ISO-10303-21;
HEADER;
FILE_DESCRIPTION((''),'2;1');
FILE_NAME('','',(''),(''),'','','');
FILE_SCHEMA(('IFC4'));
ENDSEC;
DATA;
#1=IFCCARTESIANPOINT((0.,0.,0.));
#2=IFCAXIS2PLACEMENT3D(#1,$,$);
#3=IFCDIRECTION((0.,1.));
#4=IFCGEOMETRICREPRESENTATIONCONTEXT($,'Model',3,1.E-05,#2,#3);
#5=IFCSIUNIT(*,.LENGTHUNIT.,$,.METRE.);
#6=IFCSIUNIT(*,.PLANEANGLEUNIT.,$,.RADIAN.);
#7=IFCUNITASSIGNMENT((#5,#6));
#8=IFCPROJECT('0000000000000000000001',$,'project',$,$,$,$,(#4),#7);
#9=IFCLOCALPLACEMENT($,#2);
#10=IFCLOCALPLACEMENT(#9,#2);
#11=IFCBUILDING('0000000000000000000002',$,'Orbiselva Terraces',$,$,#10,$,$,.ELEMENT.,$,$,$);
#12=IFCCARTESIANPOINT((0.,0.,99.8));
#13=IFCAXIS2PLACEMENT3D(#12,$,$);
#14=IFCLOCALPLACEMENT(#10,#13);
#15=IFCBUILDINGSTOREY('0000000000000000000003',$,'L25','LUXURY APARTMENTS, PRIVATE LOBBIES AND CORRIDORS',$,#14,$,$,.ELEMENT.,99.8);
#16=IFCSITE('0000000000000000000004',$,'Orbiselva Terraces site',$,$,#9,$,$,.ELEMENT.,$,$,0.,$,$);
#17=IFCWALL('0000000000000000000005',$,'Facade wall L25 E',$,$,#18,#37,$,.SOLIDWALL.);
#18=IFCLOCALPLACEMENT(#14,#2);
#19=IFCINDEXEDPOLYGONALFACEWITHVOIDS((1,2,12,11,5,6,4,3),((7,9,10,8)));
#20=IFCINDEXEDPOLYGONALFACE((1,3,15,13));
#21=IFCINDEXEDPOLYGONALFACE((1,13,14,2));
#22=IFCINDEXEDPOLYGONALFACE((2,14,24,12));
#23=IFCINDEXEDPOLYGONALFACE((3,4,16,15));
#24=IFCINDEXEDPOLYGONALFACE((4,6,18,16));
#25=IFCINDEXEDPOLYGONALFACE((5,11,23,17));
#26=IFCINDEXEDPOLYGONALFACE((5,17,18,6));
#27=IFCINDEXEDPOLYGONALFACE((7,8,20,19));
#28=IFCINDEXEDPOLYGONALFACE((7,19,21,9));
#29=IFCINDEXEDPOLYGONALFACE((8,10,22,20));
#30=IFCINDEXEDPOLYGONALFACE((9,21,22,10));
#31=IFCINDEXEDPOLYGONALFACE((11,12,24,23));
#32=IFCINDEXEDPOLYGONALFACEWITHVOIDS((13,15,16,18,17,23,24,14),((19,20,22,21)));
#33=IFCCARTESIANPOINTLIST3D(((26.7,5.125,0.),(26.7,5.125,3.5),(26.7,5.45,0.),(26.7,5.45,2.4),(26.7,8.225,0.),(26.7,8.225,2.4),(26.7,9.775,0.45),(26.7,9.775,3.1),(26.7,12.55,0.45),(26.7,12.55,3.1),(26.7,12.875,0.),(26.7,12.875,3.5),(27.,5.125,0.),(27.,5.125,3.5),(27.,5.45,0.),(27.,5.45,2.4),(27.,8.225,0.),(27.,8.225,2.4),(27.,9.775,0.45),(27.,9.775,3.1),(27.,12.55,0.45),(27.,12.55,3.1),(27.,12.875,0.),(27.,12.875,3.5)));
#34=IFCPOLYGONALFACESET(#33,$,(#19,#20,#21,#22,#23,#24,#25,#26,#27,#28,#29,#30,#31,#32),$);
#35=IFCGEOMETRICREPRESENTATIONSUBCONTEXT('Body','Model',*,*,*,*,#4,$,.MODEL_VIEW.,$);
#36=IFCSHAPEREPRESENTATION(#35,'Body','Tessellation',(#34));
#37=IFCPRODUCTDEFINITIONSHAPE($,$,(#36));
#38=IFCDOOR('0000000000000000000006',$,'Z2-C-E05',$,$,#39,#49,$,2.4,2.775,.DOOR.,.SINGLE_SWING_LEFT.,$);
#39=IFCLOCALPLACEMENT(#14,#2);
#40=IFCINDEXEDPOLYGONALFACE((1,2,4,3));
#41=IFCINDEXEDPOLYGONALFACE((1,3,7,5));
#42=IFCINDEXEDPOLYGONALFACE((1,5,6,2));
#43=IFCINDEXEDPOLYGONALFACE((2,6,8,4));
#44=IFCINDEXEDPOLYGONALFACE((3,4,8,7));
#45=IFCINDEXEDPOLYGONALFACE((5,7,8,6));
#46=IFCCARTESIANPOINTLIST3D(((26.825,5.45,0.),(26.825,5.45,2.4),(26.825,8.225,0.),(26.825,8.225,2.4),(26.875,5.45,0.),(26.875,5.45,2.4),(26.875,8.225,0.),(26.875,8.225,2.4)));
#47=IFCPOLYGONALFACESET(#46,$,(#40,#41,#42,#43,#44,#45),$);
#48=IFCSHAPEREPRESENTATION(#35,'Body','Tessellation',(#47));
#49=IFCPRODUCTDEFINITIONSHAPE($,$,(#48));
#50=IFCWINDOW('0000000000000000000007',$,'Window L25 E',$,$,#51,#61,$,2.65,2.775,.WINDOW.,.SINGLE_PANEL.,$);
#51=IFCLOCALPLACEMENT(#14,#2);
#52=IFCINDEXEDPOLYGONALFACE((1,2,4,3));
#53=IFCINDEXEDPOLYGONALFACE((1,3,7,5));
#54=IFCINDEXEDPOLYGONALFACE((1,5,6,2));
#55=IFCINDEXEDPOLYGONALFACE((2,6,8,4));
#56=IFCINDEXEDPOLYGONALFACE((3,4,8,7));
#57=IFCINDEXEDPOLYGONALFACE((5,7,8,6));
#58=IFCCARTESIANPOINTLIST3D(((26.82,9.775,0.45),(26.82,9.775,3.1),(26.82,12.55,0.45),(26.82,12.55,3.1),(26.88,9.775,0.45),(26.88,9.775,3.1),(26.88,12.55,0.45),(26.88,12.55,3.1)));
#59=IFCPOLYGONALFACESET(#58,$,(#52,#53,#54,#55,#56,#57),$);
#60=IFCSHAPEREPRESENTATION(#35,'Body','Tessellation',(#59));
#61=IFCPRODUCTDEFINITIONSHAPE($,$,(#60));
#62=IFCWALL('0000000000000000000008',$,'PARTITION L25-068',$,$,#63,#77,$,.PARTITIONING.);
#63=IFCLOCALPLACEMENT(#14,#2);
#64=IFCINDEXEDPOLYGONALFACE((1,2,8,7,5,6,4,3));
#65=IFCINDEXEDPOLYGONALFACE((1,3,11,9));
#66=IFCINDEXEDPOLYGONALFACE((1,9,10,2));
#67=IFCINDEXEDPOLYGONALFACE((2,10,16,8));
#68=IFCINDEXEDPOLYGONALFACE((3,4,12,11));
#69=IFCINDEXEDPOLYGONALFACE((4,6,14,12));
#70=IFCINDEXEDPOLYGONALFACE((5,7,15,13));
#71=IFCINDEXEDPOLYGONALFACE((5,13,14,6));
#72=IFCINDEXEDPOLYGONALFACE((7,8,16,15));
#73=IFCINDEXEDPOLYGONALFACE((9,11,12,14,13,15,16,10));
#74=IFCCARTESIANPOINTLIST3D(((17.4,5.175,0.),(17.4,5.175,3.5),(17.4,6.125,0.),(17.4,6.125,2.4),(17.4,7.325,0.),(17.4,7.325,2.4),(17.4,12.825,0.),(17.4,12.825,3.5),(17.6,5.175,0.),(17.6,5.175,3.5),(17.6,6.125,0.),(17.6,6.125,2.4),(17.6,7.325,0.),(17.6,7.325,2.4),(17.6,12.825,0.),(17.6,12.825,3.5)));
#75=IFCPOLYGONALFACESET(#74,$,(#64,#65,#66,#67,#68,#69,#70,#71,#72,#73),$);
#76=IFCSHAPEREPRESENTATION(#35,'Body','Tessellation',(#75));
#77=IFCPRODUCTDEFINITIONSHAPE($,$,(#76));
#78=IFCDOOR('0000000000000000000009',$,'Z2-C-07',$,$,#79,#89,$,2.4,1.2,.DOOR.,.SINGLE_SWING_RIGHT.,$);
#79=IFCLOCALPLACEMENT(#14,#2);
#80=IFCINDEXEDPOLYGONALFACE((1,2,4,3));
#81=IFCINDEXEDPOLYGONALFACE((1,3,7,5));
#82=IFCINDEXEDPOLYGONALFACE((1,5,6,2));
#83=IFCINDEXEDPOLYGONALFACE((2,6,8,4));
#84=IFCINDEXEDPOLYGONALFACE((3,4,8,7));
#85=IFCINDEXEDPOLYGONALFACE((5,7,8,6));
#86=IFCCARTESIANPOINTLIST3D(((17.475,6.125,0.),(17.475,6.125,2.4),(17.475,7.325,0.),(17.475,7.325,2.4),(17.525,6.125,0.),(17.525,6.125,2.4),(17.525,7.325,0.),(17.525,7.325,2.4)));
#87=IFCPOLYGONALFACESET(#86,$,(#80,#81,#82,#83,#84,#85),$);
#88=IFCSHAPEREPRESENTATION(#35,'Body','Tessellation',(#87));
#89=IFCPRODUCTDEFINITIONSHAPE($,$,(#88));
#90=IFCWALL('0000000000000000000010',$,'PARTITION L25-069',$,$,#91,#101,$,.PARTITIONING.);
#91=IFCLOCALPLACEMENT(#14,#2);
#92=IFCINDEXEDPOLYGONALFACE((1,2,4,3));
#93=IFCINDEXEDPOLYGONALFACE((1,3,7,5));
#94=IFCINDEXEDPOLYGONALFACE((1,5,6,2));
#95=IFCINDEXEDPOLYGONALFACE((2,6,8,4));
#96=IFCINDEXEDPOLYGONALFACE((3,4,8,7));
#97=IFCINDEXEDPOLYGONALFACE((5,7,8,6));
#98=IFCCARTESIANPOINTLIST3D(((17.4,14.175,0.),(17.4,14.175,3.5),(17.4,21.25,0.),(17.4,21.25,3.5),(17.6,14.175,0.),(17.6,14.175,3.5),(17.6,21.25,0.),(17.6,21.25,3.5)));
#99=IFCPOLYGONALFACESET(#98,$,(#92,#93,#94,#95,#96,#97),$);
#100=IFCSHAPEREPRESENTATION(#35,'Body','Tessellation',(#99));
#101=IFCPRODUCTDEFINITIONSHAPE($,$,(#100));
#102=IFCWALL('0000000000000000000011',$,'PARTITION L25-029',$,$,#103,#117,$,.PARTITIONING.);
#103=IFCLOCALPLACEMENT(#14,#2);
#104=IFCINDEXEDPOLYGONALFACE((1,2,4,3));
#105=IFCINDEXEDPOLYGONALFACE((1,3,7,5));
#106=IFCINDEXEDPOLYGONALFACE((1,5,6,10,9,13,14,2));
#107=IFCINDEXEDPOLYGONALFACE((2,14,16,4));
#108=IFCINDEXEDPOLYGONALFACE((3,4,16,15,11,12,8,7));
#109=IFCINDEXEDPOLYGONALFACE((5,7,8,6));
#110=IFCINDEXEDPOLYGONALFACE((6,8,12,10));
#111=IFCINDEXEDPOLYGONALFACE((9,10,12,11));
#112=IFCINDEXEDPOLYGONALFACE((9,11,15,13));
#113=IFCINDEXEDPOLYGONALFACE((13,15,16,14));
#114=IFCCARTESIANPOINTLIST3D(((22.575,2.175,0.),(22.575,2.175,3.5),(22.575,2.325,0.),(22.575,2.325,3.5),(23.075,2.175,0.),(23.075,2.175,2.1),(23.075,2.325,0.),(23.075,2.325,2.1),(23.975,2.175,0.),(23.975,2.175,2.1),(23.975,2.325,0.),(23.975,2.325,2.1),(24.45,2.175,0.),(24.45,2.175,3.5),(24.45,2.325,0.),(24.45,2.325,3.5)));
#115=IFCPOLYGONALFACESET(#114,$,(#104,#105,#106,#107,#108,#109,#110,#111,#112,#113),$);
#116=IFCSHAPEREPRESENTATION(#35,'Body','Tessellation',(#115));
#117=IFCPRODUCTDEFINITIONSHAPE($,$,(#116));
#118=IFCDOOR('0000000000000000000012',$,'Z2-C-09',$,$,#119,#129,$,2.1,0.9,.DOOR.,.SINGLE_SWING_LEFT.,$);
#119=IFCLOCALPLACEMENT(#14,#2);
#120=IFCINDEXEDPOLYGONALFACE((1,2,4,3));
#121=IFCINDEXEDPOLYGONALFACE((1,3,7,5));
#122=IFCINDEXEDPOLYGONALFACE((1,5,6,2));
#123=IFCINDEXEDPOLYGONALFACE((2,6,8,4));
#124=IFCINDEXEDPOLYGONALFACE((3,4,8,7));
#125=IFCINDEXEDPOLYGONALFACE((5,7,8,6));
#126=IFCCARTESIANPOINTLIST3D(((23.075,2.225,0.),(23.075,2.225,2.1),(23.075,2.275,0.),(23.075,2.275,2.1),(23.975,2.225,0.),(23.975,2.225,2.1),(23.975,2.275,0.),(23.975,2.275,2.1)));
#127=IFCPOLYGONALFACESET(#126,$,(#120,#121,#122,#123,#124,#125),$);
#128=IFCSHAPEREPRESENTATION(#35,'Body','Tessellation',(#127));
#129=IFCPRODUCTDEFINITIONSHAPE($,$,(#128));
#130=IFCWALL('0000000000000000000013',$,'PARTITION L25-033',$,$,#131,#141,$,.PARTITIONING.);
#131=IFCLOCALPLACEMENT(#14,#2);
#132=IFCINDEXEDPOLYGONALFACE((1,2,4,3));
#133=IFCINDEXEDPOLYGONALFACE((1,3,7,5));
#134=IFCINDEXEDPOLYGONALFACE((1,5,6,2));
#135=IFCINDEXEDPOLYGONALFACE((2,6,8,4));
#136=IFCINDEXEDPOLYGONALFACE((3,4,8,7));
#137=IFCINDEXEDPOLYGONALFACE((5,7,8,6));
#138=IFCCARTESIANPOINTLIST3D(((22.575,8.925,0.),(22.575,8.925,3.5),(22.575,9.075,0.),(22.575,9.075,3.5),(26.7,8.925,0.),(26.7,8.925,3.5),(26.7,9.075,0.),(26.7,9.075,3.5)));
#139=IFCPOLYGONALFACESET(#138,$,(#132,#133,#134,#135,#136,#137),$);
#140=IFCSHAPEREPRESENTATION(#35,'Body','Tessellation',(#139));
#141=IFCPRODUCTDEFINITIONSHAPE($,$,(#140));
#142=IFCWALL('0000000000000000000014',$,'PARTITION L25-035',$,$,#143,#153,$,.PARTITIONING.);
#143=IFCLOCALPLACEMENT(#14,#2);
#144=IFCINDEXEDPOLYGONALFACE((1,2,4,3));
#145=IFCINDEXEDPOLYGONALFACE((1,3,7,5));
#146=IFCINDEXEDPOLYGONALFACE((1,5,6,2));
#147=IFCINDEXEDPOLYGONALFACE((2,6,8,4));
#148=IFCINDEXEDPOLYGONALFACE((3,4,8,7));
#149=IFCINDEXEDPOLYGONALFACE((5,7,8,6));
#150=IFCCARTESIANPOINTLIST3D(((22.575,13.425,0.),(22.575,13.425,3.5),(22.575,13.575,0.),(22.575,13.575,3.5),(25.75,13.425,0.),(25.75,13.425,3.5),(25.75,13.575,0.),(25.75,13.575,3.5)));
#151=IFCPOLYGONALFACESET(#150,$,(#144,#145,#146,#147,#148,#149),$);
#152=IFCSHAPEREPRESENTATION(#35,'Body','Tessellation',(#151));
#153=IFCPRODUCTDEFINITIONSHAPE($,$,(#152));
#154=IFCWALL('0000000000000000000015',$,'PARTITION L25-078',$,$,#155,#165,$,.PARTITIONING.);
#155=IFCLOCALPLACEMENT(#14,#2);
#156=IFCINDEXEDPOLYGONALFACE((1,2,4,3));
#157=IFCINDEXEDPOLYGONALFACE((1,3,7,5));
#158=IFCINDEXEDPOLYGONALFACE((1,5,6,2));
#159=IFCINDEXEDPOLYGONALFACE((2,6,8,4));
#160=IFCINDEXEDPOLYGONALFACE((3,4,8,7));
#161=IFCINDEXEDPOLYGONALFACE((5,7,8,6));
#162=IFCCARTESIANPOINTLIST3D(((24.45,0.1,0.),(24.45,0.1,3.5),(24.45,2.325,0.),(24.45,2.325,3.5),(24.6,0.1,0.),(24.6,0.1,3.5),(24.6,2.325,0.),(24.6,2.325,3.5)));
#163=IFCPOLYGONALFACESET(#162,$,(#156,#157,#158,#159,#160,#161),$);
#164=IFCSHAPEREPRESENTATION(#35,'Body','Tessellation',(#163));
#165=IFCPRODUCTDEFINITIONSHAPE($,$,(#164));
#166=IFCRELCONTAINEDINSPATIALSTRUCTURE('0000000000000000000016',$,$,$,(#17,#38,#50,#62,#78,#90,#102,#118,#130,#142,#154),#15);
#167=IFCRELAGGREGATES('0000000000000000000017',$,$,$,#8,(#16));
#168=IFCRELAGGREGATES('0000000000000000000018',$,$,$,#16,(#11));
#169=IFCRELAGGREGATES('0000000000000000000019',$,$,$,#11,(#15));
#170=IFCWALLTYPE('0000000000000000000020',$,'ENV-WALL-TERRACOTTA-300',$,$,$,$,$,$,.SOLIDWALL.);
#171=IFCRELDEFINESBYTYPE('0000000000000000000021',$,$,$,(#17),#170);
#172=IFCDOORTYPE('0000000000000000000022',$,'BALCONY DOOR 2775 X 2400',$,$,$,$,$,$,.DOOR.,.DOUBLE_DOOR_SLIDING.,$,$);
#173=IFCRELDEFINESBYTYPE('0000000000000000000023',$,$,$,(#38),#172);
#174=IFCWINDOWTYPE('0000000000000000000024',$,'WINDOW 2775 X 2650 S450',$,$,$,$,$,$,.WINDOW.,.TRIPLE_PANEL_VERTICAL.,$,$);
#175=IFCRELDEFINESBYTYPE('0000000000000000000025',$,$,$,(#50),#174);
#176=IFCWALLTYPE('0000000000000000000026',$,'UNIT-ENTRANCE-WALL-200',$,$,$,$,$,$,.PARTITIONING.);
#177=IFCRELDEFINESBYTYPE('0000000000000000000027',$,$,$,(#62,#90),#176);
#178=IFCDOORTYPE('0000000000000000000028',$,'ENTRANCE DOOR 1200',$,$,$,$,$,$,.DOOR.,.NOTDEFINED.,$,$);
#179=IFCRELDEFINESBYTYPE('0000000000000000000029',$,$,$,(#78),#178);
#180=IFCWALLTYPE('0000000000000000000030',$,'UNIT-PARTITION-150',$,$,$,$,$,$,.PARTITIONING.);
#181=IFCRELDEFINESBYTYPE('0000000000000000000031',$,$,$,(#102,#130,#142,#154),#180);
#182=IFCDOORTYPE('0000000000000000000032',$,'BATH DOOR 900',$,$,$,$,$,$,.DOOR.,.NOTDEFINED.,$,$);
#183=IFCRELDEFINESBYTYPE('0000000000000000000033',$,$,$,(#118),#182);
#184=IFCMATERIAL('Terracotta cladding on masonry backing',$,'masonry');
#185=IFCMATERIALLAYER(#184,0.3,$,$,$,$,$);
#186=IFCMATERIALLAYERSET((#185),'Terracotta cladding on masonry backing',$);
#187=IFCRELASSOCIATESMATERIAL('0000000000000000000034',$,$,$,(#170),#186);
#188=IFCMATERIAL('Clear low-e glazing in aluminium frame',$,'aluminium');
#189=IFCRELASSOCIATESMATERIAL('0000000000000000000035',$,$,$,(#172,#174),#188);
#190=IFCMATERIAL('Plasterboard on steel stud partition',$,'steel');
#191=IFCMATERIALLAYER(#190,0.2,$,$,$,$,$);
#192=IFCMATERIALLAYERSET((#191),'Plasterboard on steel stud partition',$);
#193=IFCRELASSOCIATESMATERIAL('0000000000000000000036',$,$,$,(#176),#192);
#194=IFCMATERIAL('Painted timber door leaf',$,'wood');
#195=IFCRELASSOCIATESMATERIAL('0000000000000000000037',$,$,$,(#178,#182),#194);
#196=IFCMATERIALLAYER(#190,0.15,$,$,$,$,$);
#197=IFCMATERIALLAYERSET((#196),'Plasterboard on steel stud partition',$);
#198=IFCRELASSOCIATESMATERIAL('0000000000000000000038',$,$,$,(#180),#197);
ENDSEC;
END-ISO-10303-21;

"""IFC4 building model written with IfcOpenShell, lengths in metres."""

from ifc_helpers import new_model, si_unit, direction, frame, frame_2d, origin, place, context, subcontext, project, spatial, rectangle, extrude, material, layer, layer_set, type_object, element, fill, save


model = new_model("IFC4")

# Units and contexts
model_context = context("Model", 3, precision=1e-05, world=origin(), true_north=direction((0.0, 1.0)))
body_context = subcontext(model_context, "Body", "Model", "MODEL_VIEW")
ifc_project = project(units=[si_unit("LENGTHUNIT", "METRE"), si_unit("PLANEANGLEUNIT", "RADIAN")], contexts=[model_context])

# Site, building, storey
site_placement = place(None, origin())
site = spatial("IfcSite", under=ifc_project, at=site_placement, Name="Orbiselva Terraces site", CompositionType="ELEMENT", RefElevation=0.0)
building_placement = place(site_placement, origin())
building = spatial("IfcBuilding", under=site, at=building_placement, Name="Orbiselva Terraces", CompositionType="ELEMENT")
storey_placement = place(building_placement, frame((0.0, 0.0, 99.8)))
storey = spatial("IfcBuildingStorey", under=building, at=storey_placement, Name="L25", Description="LUXURY APARTMENTS, PRIVATE LOBBIES AND CORRIDORS", CompositionType="ELEMENT", Elevation=99.8)

# Wall, openings, door, window
ifc_material_1 = material(Name="Terracotta cladding on masonry backing", Category="masonry")
ifc_layer_1 = layer(ifc_material_1, 0.3)
ifc_layer_set_1 = layer_set([ifc_layer_1], Name="Terracotta cladding on masonry backing")
wall_type_1 = type_object("IfcWallType", Name="ENV-WALL-TERRACOTTA-300", PredefinedType="SOLIDWALL", material=ifc_layer_set_1)
ifc_material_2 = material(Name="Clear low-e glazing in aluminium frame", Category="aluminium")
door_type_1 = type_object("IfcDoorType", Name="BALCONY DOOR 2775 X 2400", OperationType="DOUBLE_DOOR_SLIDING", PredefinedType="DOOR", material=ifc_material_2)
window_type = type_object("IfcWindowType", Name="WINDOW 2775 X 2650 S450", PartitioningType="TRIPLE_PANEL_VERTICAL", PredefinedType="WINDOW", material=ifc_material_2)
wall_1_placement = place(storey_placement, frame((26.85, 12.875, 0.0), z_axis=(0.0, 0.0, 1.0), x_axis=(0.0, -1.0, 0.0)))
wall_1 = element("IfcWall", 1, at=wall_1_placement, inside=storey, type_object=wall_type_1, Name="Facade wall L25 E", PredefinedType="SOLIDWALL", context=body_context, shape_type="SweptSolid", body=[
    extrude(rectangle(XDim=7.75, YDim=0.3, at=frame_2d((3.875, 0.0))), origin(), (0.0, 0.0, 1.0), 3.5),
])
opening_1_placement = place(wall_1_placement, frame((4.65, 0.0, 0.0)))
opening_1 = element("IfcOpeningElement", 2, at=opening_1_placement, cuts=wall_1, PredefinedType="OPENING", context=body_context, shape_type="SweptSolid", body=[
    extrude(rectangle(XDim=2.775, YDim=2.4, at=frame_2d((1.3875, 1.2))), frame((0.0, 0.16, 0.0), z_axis=(0.0, -1.0, 0.0), x_axis=(1.0, 0.0, 0.0)), (0.0, 0.0, 1.0), 0.32),
])
opening_2_placement = place(wall_1_placement, frame((0.325, 0.0, 0.45)))
opening_2 = element("IfcOpeningElement", 3, at=opening_2_placement, cuts=wall_1, PredefinedType="OPENING", context=body_context, shape_type="SweptSolid", body=[
    extrude(rectangle(XDim=2.775, YDim=2.65, at=frame_2d((1.3875, 1.325))), frame((0.0, 0.16, 0.0), z_axis=(0.0, -1.0, 0.0), x_axis=(1.0, 0.0, 0.0)), (0.0, 0.0, 1.0), 0.32),
])
door_1_placement = place(opening_1_placement, origin())
door_1 = element("IfcDoor", 4, at=door_1_placement, inside=storey, type_object=door_type_1, Name="Z2-C-E05", OperationType="SINGLE_SWING_LEFT", OverallHeight=2.4, OverallWidth=2.775, PredefinedType="DOOR", context=body_context, shape_type="SweptSolid", body=[
    extrude(rectangle(XDim=2.775, YDim=2.4, at=frame_2d((1.3875, 1.2))), frame((0.0, 0.025, 0.0), z_axis=(0.0, -1.0, 0.0), x_axis=(1.0, 0.0, 0.0)), (0.0, 0.0, 1.0), 0.05),
])
fill(opening_1, door_1)
window_1_placement = place(opening_2_placement, origin())
window_1 = element("IfcWindow", 5, at=window_1_placement, inside=storey, type_object=window_type, Name="Window L25 E", OverallHeight=2.65, OverallWidth=2.775, PartitioningType="SINGLE_PANEL", PredefinedType="WINDOW", context=body_context, shape_type="SweptSolid", body=[
    extrude(rectangle(XDim=2.775, YDim=2.65, at=frame_2d((1.3875, 1.325))), frame((0.0, 0.03, 0.0), z_axis=(0.0, -1.0, 0.0), x_axis=(1.0, 0.0, 0.0)), (0.0, 0.0, 1.0), 0.06),
])
fill(opening_2, window_1)

# Wall, opening, door
ifc_material_3 = material(Name="Plasterboard on steel stud partition", Category="steel")
ifc_layer_2 = layer(ifc_material_3, 0.2)
ifc_layer_set_2 = layer_set([ifc_layer_2], Name="Plasterboard on steel stud partition")
wall_type_2 = type_object("IfcWallType", Name="UNIT-ENTRANCE-WALL-200", PredefinedType="PARTITIONING", material=ifc_layer_set_2)
wall_2_placement = place(storey_placement, frame((17.5, 12.825, 0.0), z_axis=(0.0, 0.0, 1.0), x_axis=(0.0, -1.0, 0.0)))
wall_2 = element("IfcWall", 6, at=wall_2_placement, inside=storey, type_object=wall_type_2, Name="PARTITION L25-068", PredefinedType="PARTITIONING", context=body_context, shape_type="SweptSolid", body=[
    extrude(rectangle(XDim=7.65, YDim=0.2, at=frame_2d((3.825, 0.0))), origin(), (0.0, 0.0, 1.0), 3.5),
])
opening_3_placement = place(wall_2_placement, frame((5.5, 0.0, 0.0)))
opening_3 = element("IfcOpeningElement", 7, at=opening_3_placement, cuts=wall_2, PredefinedType="OPENING", context=body_context, shape_type="SweptSolid", body=[
    extrude(rectangle(XDim=1.2, YDim=2.4, at=frame_2d((0.6, 1.2))), frame((0.0, 0.11, 0.0), z_axis=(0.0, -1.0, 0.0), x_axis=(1.0, 0.0, 0.0)), (0.0, 0.0, 1.0), 0.22),
])
ifc_material_4 = material(Name="Painted timber door leaf", Category="wood")
door_type_2 = type_object("IfcDoorType", Name="ENTRANCE DOOR 1200", OperationType="NOTDEFINED", PredefinedType="DOOR", material=ifc_material_4)
door_2_placement = place(opening_3_placement, origin())
door_2 = element("IfcDoor", 8, at=door_2_placement, inside=storey, type_object=door_type_2, Name="Z2-C-07", OperationType="SINGLE_SWING_RIGHT", OverallHeight=2.4, OverallWidth=1.2, PredefinedType="DOOR", context=body_context, shape_type="SweptSolid", body=[
    extrude(rectangle(XDim=1.2, YDim=2.4, at=frame_2d((0.6, 1.2))), frame((0.0, 0.025, 0.0), z_axis=(0.0, -1.0, 0.0), x_axis=(1.0, 0.0, 0.0)), (0.0, 0.0, 1.0), 0.05),
])
fill(opening_3, door_2)

# Wall
wall_3_placement = place(storey_placement, frame((17.5, 14.175, 0.0), z_axis=(0.0, 0.0, 1.0), x_axis=(0.0, 1.0, 0.0)))
element("IfcWall", 9, at=wall_3_placement, inside=storey, type_object=wall_type_2, Name="PARTITION L25-069", PredefinedType="PARTITIONING", context=body_context, shape_type="SweptSolid", body=[
    extrude(rectangle(XDim=7.075, YDim=0.2, at=frame_2d((3.5375, 0.0))), origin(), (0.0, 0.0, 1.0), 3.5),
])

# Wall, opening, door
ifc_layer_3 = layer(ifc_material_3, 0.15)
ifc_layer_set_3 = layer_set([ifc_layer_3], Name="Plasterboard on steel stud partition")
wall_type_3 = type_object("IfcWallType", Name="UNIT-PARTITION-150", PredefinedType="PARTITIONING", material=ifc_layer_set_3)
wall_4_placement = place(storey_placement, frame((24.45, 2.25, 0.0), z_axis=(0.0, 0.0, 1.0), x_axis=(-1.0, 0.0, 0.0)))
wall_4 = element("IfcWall", 10, at=wall_4_placement, inside=storey, type_object=wall_type_3, Name="PARTITION L25-029", PredefinedType="PARTITIONING", context=body_context, shape_type="SweptSolid", body=[
    extrude(rectangle(XDim=1.875, YDim=0.15, at=frame_2d((0.9375, 0.0))), origin(), (0.0, 0.0, 1.0), 3.5),
])
opening_4_placement = place(wall_4_placement, frame((0.475, 0.0, 0.0)))
opening_4 = element("IfcOpeningElement", 11, at=opening_4_placement, cuts=wall_4, PredefinedType="OPENING", context=body_context, shape_type="SweptSolid", body=[
    extrude(rectangle(XDim=0.9, YDim=2.1, at=frame_2d((0.45, 1.05))), frame((0.0, 0.085, 0.0), z_axis=(0.0, -1.0, 0.0), x_axis=(1.0, 0.0, 0.0)), (0.0, 0.0, 1.0), 0.17),
])
door_type_3 = type_object("IfcDoorType", Name="BATH DOOR 900", OperationType="NOTDEFINED", PredefinedType="DOOR", material=ifc_material_4)
door_3_placement = place(opening_4_placement, origin())
door_3 = element("IfcDoor", 12, at=door_3_placement, inside=storey, type_object=door_type_3, Name="Z2-C-09", OperationType="SINGLE_SWING_LEFT", OverallHeight=2.1, OverallWidth=0.9, PredefinedType="DOOR", context=body_context, shape_type="SweptSolid", body=[
    extrude(rectangle(XDim=0.9, YDim=2.1, at=frame_2d((0.45, 1.05))), frame((0.0, 0.025, 0.0), z_axis=(0.0, -1.0, 0.0), x_axis=(1.0, 0.0, 0.0)), (0.0, 0.0, 1.0), 0.05),
])
fill(opening_4, door_3)

# Walls
wall_5_placement = place(storey_placement, frame((22.575, 9.0, 0.0), z_axis=(0.0, 0.0, 1.0), x_axis=(1.0, 0.0, 0.0)))
element("IfcWall", 13, at=wall_5_placement, inside=storey, type_object=wall_type_3, Name="PARTITION L25-033", PredefinedType="PARTITIONING", context=body_context, shape_type="SweptSolid", body=[
    extrude(rectangle(XDim=4.125, YDim=0.15, at=frame_2d((2.0625, 0.0))), origin(), (0.0, 0.0, 1.0), 3.5),
])
wall_6_placement = place(storey_placement, frame((22.575, 13.5, 0.0), z_axis=(0.0, 0.0, 1.0), x_axis=(1.0, 0.0, 0.0)))
element("IfcWall", 14, at=wall_6_placement, inside=storey, type_object=wall_type_3, Name="PARTITION L25-035", PredefinedType="PARTITIONING", context=body_context, shape_type="SweptSolid", body=[
    extrude(rectangle(XDim=3.175, YDim=0.15, at=frame_2d((1.5875, 0.0))), origin(), (0.0, 0.0, 1.0), 3.5),
])
wall_7_placement = place(storey_placement, frame((24.525, 0.1, 0.0), z_axis=(0.0, 0.0, 1.0), x_axis=(0.0, 1.0, 0.0)))
element("IfcWall", 15, at=wall_7_placement, inside=storey, type_object=wall_type_3, Name="PARTITION L25-078", PredefinedType="PARTITIONING", context=body_context, shape_type="SweptSolid", body=[
    extrude(rectangle(XDim=2.225, YDim=0.15, at=frame_2d((1.1125, 0.0))), origin(), (0.0, 0.0, 1.0), 3.5),
])

save(model, "model.ifc")
